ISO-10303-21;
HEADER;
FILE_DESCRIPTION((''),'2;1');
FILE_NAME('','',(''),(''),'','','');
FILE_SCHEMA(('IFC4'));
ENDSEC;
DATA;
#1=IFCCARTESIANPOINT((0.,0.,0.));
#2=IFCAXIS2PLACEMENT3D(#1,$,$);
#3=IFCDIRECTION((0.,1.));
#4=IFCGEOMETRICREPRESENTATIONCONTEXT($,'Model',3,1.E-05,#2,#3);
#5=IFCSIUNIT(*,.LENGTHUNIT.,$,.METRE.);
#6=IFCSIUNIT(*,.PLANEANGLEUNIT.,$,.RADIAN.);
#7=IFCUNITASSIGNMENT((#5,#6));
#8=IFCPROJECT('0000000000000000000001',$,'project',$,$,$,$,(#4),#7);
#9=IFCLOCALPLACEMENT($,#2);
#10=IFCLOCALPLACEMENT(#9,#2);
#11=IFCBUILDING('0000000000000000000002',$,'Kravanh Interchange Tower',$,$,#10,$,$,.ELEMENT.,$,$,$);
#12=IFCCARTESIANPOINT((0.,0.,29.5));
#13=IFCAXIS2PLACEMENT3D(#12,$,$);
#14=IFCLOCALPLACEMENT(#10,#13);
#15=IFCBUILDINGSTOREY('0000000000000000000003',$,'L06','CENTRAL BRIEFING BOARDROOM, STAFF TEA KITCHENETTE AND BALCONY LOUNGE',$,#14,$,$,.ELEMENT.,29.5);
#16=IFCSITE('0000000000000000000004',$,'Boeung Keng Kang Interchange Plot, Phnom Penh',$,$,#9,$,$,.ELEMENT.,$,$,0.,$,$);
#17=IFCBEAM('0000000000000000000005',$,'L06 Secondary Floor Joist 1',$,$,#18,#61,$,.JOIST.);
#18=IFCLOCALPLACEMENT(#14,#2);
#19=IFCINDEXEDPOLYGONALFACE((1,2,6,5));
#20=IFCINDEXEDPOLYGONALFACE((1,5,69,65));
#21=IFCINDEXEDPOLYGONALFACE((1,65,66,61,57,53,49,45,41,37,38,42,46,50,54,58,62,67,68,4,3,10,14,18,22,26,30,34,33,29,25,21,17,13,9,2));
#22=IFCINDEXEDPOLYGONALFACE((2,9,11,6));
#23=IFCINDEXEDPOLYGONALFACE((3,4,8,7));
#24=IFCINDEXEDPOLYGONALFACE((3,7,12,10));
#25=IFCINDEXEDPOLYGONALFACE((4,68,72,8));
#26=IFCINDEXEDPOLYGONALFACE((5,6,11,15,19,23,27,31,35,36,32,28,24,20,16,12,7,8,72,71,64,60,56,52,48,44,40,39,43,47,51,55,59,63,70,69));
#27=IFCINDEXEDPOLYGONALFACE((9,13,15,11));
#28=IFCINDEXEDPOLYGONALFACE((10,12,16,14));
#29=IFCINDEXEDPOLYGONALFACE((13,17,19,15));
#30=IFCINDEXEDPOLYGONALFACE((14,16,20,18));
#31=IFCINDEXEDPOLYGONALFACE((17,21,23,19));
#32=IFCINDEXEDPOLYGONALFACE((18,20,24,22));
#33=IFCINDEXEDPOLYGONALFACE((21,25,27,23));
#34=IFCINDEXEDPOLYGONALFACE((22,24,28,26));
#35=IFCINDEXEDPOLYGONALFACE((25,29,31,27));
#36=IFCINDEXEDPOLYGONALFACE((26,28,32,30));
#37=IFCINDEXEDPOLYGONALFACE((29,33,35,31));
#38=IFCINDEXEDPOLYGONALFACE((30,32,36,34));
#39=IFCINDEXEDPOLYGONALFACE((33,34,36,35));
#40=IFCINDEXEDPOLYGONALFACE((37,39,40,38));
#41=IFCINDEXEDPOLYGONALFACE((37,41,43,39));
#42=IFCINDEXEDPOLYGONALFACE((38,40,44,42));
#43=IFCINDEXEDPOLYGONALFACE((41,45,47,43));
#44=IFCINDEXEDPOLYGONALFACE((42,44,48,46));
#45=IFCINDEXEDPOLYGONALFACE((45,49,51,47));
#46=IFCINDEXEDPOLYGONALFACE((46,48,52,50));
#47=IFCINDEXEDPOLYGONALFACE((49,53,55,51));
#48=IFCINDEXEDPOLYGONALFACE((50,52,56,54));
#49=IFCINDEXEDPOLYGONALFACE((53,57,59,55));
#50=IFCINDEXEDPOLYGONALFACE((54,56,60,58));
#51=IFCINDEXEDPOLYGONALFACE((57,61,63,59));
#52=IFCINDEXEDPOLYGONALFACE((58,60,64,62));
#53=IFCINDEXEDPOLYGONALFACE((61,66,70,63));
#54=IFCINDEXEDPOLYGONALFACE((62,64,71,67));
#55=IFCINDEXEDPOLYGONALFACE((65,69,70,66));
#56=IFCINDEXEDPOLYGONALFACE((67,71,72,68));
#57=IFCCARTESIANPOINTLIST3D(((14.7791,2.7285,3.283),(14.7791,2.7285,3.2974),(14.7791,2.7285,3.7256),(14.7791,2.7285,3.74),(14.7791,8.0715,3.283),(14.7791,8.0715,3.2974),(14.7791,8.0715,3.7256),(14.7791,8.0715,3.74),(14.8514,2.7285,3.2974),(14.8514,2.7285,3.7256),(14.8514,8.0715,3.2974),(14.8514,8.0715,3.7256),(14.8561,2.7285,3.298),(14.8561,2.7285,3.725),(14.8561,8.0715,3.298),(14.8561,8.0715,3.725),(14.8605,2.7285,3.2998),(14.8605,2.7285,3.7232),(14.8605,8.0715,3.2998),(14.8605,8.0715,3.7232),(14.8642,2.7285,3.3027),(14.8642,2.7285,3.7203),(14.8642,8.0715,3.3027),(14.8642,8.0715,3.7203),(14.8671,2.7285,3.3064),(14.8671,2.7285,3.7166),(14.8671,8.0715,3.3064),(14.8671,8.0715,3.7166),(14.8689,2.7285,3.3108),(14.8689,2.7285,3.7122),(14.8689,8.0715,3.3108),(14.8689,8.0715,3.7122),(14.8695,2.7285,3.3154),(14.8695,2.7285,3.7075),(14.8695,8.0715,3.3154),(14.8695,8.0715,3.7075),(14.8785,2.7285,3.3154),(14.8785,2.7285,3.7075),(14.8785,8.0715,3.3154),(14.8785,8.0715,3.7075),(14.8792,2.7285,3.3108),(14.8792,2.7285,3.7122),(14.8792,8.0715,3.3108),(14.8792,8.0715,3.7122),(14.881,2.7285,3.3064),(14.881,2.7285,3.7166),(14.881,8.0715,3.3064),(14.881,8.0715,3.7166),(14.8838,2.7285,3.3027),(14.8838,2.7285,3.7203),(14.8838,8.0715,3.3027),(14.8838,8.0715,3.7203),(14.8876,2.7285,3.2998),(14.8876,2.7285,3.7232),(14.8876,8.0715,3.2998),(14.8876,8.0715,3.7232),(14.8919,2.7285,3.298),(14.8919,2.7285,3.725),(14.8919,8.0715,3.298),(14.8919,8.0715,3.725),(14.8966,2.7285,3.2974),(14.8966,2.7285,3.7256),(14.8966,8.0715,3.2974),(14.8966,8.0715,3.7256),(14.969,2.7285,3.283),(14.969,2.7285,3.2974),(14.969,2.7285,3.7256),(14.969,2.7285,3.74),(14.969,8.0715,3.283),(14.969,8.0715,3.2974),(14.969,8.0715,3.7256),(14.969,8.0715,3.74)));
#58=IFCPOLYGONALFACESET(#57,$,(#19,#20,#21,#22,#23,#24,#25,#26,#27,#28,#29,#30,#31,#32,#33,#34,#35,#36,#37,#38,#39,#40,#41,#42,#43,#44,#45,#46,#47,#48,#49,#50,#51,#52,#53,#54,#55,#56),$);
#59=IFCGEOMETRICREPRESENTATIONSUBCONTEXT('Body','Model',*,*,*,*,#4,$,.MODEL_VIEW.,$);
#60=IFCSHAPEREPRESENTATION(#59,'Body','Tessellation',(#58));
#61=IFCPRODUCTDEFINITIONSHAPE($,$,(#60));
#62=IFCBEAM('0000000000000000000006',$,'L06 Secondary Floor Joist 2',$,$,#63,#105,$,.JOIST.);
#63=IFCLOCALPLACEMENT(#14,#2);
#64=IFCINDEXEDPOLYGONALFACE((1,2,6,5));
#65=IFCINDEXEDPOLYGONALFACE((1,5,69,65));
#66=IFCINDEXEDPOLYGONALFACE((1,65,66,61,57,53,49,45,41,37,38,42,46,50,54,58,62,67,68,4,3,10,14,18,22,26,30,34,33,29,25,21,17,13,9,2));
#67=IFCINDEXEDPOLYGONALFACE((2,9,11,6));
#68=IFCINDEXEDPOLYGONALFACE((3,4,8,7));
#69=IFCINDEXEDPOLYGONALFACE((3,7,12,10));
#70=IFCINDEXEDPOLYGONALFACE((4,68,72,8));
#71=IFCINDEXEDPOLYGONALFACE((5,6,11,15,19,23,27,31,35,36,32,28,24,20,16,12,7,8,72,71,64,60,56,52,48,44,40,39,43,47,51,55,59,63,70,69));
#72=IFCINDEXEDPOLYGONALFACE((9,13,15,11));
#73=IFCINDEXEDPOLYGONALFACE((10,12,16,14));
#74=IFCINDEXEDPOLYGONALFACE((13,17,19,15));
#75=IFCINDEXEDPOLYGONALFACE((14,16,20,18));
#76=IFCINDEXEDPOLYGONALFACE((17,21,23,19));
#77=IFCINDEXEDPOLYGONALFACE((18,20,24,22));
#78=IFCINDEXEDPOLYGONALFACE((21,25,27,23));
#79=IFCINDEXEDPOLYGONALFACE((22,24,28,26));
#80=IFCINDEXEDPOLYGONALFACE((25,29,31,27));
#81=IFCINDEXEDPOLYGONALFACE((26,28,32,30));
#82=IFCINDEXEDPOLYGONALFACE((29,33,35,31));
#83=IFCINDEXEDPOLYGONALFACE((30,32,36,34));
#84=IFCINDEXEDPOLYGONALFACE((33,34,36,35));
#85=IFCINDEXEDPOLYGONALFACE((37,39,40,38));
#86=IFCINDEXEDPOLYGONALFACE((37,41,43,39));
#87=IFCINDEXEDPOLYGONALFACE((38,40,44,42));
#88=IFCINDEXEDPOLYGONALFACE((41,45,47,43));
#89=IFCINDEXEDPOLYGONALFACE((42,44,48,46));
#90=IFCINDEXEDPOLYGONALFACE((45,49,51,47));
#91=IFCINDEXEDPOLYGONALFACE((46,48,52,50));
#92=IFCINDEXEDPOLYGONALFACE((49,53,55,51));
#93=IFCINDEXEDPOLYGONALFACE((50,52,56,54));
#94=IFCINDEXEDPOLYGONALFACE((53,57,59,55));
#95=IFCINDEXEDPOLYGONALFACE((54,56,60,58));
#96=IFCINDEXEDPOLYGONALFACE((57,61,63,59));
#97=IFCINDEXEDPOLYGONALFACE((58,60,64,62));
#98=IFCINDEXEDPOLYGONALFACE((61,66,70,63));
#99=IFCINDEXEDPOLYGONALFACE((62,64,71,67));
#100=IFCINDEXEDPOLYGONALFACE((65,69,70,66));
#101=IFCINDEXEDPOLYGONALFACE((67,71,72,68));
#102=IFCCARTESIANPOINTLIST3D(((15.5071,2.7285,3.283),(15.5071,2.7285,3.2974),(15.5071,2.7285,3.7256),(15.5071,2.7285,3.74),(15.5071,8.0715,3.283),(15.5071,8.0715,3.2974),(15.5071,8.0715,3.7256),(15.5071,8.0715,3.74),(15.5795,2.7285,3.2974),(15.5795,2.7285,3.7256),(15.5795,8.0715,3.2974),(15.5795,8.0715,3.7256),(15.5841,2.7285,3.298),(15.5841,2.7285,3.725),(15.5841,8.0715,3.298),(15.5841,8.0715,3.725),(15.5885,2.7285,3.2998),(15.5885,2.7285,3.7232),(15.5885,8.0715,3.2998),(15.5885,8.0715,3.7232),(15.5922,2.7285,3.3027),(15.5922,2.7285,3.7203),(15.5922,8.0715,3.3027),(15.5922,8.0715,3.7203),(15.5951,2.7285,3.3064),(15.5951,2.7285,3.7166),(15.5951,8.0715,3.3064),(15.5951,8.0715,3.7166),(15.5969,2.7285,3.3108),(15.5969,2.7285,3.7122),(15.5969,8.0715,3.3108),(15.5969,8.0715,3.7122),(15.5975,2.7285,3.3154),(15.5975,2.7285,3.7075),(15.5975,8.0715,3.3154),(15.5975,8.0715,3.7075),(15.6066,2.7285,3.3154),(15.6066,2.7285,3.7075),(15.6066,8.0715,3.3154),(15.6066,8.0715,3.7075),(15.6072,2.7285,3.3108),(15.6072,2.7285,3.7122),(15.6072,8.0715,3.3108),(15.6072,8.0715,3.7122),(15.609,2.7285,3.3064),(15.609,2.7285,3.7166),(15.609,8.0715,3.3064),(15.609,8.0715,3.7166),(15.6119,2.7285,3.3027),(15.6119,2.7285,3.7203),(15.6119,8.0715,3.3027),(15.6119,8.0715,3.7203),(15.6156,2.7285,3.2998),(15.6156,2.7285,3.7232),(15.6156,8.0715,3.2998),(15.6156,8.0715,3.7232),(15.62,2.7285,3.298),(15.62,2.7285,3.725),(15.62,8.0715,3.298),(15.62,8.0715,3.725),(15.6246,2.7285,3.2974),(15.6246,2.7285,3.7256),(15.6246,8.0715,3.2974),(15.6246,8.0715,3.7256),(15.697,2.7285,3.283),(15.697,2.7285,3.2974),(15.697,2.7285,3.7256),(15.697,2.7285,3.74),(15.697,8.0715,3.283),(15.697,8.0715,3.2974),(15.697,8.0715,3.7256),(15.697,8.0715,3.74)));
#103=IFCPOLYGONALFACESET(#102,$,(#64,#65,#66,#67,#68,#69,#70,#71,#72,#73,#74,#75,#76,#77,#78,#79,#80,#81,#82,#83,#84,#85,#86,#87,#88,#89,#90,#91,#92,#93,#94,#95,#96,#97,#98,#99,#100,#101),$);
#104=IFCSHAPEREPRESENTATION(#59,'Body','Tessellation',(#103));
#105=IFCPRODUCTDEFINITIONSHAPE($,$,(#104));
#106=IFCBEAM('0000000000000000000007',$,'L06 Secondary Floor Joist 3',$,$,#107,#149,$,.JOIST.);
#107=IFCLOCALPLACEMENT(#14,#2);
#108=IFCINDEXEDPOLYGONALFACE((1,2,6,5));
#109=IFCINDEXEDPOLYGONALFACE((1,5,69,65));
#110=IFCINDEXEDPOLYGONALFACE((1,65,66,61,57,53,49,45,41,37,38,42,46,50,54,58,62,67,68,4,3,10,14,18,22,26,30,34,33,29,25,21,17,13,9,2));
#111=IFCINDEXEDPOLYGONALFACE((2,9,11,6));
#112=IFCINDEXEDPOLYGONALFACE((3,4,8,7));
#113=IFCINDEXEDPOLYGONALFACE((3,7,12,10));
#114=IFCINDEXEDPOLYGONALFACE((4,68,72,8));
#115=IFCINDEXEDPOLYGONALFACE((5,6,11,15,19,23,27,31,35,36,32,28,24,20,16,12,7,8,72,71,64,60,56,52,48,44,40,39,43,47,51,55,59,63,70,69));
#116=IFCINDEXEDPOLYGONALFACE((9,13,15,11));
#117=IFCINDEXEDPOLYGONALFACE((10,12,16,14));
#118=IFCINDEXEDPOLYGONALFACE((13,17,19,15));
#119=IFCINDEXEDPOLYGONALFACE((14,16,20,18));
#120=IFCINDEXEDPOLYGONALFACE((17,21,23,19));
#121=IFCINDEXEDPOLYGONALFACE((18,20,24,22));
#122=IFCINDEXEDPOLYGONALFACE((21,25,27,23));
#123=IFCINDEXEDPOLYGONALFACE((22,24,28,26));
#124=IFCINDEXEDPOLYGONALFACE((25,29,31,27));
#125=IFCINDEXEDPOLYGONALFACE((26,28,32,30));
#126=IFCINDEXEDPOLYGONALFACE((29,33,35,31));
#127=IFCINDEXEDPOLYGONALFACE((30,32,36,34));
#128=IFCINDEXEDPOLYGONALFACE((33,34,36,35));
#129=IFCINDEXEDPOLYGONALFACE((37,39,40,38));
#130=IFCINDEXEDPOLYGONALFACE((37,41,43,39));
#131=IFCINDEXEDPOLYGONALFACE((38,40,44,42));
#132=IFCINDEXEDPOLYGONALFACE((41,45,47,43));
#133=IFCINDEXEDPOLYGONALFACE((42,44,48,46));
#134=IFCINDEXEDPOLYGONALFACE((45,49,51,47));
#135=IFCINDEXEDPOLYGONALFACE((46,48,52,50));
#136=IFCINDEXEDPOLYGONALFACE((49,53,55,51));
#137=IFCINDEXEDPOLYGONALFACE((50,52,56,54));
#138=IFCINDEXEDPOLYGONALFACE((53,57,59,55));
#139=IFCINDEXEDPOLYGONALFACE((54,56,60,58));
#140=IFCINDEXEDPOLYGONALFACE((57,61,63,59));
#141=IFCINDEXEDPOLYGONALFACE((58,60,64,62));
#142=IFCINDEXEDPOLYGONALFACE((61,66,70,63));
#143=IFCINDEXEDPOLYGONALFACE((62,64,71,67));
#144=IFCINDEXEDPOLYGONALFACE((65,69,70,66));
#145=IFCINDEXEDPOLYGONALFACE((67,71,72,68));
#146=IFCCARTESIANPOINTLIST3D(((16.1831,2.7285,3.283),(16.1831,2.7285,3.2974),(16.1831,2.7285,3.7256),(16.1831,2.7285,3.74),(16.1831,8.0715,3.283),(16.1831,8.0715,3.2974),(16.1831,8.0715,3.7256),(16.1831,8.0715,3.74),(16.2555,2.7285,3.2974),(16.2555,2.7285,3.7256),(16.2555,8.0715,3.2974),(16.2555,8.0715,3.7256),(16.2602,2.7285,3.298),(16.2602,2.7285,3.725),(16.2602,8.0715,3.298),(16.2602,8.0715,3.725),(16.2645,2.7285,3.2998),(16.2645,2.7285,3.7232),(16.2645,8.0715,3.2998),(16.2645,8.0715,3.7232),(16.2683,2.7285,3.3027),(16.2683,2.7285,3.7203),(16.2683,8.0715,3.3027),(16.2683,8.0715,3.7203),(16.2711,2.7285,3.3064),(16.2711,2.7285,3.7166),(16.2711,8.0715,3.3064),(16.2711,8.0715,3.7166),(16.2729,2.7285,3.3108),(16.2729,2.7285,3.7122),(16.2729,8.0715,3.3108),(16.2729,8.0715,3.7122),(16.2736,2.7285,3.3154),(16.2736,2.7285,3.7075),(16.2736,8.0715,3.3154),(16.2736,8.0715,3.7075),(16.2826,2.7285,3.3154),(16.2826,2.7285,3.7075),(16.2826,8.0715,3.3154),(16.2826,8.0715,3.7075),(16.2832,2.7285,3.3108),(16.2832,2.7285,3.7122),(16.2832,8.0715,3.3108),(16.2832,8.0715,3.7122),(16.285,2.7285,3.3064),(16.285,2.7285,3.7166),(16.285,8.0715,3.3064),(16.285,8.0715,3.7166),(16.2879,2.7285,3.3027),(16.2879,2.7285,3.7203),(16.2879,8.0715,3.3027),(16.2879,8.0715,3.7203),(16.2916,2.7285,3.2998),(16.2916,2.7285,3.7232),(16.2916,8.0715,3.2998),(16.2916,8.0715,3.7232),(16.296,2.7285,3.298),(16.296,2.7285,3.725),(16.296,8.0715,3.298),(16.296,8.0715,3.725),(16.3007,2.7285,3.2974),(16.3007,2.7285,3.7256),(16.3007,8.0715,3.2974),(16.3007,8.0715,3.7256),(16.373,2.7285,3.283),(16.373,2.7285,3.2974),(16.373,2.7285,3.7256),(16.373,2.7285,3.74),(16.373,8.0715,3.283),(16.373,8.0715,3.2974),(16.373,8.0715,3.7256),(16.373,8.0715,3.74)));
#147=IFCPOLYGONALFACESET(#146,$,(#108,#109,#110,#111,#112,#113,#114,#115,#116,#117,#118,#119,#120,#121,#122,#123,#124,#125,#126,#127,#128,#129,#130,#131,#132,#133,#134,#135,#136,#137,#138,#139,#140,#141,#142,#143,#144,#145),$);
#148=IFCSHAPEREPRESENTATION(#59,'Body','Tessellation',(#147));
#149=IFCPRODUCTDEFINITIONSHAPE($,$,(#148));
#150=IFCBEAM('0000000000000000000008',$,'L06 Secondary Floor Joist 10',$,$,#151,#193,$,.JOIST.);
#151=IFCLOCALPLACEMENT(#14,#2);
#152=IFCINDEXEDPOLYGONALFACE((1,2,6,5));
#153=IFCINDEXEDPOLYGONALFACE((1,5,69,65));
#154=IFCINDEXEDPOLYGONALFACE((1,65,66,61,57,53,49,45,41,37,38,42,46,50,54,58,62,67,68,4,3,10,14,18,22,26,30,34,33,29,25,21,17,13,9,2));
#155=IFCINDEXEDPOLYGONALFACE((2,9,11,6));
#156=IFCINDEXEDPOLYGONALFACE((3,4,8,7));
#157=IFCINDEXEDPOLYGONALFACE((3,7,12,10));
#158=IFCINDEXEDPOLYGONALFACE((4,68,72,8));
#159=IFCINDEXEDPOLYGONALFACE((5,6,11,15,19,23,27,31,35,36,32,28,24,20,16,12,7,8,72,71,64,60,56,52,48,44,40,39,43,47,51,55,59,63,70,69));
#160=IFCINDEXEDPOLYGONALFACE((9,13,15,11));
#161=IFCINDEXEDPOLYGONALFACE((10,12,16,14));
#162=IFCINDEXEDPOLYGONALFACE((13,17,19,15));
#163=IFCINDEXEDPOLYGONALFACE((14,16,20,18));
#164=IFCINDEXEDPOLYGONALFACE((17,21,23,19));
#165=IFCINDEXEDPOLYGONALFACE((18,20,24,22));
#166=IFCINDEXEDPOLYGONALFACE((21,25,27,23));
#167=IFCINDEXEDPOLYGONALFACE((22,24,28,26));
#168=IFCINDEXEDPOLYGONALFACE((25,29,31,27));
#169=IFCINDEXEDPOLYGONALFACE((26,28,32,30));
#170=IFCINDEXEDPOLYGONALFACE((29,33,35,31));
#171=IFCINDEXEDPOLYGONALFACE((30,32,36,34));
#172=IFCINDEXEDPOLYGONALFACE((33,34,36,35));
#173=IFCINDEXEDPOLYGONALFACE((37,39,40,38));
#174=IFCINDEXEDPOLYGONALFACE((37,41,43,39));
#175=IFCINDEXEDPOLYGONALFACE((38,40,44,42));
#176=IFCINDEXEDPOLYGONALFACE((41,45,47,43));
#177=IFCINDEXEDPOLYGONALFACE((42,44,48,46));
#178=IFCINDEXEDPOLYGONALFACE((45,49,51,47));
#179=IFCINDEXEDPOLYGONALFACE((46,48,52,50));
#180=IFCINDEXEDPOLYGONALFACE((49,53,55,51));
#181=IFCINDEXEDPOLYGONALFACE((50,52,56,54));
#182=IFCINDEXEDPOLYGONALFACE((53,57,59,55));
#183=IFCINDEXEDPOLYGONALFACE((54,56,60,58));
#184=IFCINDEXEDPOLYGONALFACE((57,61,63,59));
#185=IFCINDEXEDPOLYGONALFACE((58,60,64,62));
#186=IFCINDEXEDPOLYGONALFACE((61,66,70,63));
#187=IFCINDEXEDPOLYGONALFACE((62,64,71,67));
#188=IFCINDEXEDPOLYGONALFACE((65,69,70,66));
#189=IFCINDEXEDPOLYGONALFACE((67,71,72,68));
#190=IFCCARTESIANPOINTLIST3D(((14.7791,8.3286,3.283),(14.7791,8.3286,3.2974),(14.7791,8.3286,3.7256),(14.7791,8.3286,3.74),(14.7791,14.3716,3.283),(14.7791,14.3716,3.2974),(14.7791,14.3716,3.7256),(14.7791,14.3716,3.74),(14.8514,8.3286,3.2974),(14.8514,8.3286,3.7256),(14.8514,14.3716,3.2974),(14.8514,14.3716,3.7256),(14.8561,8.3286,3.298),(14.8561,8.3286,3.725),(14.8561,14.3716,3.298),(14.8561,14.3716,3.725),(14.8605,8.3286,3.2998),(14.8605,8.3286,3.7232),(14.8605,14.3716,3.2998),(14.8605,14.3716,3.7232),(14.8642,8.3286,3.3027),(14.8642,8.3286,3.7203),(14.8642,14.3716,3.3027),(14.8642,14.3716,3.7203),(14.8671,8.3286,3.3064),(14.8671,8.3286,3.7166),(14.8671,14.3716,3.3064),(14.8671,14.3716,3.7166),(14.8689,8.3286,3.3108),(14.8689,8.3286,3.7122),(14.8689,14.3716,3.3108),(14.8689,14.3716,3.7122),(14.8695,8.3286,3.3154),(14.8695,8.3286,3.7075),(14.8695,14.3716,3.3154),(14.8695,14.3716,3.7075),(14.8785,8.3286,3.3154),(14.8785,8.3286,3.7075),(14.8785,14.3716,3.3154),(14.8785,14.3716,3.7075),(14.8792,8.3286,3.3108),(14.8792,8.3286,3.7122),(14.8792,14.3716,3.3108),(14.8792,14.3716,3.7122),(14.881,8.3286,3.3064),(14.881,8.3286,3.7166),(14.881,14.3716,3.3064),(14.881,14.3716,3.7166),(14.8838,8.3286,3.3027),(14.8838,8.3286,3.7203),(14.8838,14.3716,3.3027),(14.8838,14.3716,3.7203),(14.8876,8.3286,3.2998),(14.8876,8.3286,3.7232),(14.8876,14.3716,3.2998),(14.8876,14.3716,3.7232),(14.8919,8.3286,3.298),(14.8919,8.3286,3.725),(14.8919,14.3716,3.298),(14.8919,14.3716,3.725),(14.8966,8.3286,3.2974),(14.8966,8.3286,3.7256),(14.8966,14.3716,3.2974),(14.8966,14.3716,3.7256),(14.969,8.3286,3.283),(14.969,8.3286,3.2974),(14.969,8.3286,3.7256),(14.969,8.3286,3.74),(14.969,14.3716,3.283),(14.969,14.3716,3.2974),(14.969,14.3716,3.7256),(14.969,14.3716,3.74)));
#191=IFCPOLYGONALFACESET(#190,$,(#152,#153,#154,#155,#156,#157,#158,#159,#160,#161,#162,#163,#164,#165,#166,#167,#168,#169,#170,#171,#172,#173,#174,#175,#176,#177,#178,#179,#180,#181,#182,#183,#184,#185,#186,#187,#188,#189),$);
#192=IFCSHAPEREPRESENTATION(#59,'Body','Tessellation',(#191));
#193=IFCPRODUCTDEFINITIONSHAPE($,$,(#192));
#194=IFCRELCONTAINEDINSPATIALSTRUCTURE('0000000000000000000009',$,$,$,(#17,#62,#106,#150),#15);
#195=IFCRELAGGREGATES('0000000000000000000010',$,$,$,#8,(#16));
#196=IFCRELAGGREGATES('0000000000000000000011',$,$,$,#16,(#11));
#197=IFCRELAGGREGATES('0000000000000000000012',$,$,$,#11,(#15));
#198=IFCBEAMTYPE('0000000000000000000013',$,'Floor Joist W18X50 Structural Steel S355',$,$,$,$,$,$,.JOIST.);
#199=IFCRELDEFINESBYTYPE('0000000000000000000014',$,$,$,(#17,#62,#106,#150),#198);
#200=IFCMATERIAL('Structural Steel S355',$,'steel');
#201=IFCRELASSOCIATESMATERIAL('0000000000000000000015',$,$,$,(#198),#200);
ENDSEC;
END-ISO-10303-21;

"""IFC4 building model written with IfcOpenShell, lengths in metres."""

from ifc_helpers import new_model, si_unit, direction, frame, origin, origin_2d, place, context, subcontext, project, spatial, i_section, extrude, material, material_profile, profile_set, type_object, element, save


model = new_model("IFC4")

# Units and contexts
model_context = context("Model", 3, precision=1e-05, world=origin(), true_north=direction((0.0, 1.0)))
body_context = subcontext(model_context, "Body", "Model", "MODEL_VIEW")
ifc_project = project(units=[si_unit("LENGTHUNIT", "METRE"), si_unit("PLANEANGLEUNIT", "RADIAN")], contexts=[model_context])

# Site, building, storey
site_placement = place(None, origin())
site = spatial("IfcSite", under=ifc_project, at=site_placement, Name="Boeung Keng Kang Interchange Plot, Phnom Penh", CompositionType="ELEMENT", RefElevation=0.0)
building_placement = place(site_placement, origin())
building = spatial("IfcBuilding", under=site, at=building_placement, Name="Kravanh Interchange Tower", CompositionType="ELEMENT")
storey_placement = place(building_placement, frame((0.0, 0.0, 29.5)))
storey = spatial("IfcBuildingStorey", under=building, at=storey_placement, Name="L06", Description="CENTRAL BRIEFING BOARDROOM, STAFF TEA KITCHENETTE AND BALCONY LOUNGE", CompositionType="ELEMENT", Elevation=29.5)

# Beams
ifc_material_1 = material(Name="Structural Steel S355", Category="steel")
ifc_material_profile_1 = material_profile(ifc_material_1, i_section(OverallWidth=0.1899, OverallDepth=0.457, WebThickness=0.009, FlangeThickness=0.0144, FilletRadius=0.0181, at=origin_2d()), Name="W18X50")
ifc_profile_set_1 = profile_set([ifc_material_profile_1], Name="Structural Steel S355")
beam_type_1 = type_object("IfcBeamType", Name="Floor Joist W18X50 Structural Steel S355", PredefinedType="JOIST", material=ifc_profile_set_1)
for number, where, z_axis, x_axis, name in (
    (1, (14.874, 2.7285, 3.5115), (0.0, 1.0, 0.0), (-1.0, 0.0, 0.0), "L06 Secondary Floor Joist 1"),
    (2, (15.6021, 2.7285, 3.5115), (0.0, 1.0, 0.0), (-1.0, 0.0, 0.0), "L06 Secondary Floor Joist 2"),
    (3, (16.2781, 2.7285, 3.5115), (0.0, 1.0, 0.0), (-1.0, 0.0, 0.0), "L06 Secondary Floor Joist 3"),
):
    element("IfcBeam", number, at=place(storey_placement, frame(where, z_axis=z_axis, x_axis=x_axis)), inside=storey, type_object=beam_type_1, Name=name, PredefinedType="JOIST", context=body_context, shape_type="SweptSolid", body=[
        extrude(i_section(OverallWidth=0.1899, OverallDepth=0.457, WebThickness=0.009, FlangeThickness=0.0144, FilletRadius=0.0181, at=origin_2d()), origin(), (0.0, 0.0, 1.0), 5.343),
    ])
for number, where, z_axis, x_axis, name in (
    (4, (14.874, 8.3286, 3.5115), (0.0, 1.0, 0.0), (-1.0, 0.0, 0.0), "L06 Secondary Floor Joist 10"),
):
    element("IfcBeam", number, at=place(storey_placement, frame(where, z_axis=z_axis, x_axis=x_axis)), inside=storey, type_object=beam_type_1, Name=name, PredefinedType="JOIST", context=body_context, shape_type="SweptSolid", body=[
        extrude(i_section(OverallWidth=0.1899, OverallDepth=0.457, WebThickness=0.009, FlangeThickness=0.0144, FilletRadius=0.0181, at=origin_2d()), origin(), (0.0, 0.0, 1.0), 6.043),
    ])

save(model, "model.ifc")
